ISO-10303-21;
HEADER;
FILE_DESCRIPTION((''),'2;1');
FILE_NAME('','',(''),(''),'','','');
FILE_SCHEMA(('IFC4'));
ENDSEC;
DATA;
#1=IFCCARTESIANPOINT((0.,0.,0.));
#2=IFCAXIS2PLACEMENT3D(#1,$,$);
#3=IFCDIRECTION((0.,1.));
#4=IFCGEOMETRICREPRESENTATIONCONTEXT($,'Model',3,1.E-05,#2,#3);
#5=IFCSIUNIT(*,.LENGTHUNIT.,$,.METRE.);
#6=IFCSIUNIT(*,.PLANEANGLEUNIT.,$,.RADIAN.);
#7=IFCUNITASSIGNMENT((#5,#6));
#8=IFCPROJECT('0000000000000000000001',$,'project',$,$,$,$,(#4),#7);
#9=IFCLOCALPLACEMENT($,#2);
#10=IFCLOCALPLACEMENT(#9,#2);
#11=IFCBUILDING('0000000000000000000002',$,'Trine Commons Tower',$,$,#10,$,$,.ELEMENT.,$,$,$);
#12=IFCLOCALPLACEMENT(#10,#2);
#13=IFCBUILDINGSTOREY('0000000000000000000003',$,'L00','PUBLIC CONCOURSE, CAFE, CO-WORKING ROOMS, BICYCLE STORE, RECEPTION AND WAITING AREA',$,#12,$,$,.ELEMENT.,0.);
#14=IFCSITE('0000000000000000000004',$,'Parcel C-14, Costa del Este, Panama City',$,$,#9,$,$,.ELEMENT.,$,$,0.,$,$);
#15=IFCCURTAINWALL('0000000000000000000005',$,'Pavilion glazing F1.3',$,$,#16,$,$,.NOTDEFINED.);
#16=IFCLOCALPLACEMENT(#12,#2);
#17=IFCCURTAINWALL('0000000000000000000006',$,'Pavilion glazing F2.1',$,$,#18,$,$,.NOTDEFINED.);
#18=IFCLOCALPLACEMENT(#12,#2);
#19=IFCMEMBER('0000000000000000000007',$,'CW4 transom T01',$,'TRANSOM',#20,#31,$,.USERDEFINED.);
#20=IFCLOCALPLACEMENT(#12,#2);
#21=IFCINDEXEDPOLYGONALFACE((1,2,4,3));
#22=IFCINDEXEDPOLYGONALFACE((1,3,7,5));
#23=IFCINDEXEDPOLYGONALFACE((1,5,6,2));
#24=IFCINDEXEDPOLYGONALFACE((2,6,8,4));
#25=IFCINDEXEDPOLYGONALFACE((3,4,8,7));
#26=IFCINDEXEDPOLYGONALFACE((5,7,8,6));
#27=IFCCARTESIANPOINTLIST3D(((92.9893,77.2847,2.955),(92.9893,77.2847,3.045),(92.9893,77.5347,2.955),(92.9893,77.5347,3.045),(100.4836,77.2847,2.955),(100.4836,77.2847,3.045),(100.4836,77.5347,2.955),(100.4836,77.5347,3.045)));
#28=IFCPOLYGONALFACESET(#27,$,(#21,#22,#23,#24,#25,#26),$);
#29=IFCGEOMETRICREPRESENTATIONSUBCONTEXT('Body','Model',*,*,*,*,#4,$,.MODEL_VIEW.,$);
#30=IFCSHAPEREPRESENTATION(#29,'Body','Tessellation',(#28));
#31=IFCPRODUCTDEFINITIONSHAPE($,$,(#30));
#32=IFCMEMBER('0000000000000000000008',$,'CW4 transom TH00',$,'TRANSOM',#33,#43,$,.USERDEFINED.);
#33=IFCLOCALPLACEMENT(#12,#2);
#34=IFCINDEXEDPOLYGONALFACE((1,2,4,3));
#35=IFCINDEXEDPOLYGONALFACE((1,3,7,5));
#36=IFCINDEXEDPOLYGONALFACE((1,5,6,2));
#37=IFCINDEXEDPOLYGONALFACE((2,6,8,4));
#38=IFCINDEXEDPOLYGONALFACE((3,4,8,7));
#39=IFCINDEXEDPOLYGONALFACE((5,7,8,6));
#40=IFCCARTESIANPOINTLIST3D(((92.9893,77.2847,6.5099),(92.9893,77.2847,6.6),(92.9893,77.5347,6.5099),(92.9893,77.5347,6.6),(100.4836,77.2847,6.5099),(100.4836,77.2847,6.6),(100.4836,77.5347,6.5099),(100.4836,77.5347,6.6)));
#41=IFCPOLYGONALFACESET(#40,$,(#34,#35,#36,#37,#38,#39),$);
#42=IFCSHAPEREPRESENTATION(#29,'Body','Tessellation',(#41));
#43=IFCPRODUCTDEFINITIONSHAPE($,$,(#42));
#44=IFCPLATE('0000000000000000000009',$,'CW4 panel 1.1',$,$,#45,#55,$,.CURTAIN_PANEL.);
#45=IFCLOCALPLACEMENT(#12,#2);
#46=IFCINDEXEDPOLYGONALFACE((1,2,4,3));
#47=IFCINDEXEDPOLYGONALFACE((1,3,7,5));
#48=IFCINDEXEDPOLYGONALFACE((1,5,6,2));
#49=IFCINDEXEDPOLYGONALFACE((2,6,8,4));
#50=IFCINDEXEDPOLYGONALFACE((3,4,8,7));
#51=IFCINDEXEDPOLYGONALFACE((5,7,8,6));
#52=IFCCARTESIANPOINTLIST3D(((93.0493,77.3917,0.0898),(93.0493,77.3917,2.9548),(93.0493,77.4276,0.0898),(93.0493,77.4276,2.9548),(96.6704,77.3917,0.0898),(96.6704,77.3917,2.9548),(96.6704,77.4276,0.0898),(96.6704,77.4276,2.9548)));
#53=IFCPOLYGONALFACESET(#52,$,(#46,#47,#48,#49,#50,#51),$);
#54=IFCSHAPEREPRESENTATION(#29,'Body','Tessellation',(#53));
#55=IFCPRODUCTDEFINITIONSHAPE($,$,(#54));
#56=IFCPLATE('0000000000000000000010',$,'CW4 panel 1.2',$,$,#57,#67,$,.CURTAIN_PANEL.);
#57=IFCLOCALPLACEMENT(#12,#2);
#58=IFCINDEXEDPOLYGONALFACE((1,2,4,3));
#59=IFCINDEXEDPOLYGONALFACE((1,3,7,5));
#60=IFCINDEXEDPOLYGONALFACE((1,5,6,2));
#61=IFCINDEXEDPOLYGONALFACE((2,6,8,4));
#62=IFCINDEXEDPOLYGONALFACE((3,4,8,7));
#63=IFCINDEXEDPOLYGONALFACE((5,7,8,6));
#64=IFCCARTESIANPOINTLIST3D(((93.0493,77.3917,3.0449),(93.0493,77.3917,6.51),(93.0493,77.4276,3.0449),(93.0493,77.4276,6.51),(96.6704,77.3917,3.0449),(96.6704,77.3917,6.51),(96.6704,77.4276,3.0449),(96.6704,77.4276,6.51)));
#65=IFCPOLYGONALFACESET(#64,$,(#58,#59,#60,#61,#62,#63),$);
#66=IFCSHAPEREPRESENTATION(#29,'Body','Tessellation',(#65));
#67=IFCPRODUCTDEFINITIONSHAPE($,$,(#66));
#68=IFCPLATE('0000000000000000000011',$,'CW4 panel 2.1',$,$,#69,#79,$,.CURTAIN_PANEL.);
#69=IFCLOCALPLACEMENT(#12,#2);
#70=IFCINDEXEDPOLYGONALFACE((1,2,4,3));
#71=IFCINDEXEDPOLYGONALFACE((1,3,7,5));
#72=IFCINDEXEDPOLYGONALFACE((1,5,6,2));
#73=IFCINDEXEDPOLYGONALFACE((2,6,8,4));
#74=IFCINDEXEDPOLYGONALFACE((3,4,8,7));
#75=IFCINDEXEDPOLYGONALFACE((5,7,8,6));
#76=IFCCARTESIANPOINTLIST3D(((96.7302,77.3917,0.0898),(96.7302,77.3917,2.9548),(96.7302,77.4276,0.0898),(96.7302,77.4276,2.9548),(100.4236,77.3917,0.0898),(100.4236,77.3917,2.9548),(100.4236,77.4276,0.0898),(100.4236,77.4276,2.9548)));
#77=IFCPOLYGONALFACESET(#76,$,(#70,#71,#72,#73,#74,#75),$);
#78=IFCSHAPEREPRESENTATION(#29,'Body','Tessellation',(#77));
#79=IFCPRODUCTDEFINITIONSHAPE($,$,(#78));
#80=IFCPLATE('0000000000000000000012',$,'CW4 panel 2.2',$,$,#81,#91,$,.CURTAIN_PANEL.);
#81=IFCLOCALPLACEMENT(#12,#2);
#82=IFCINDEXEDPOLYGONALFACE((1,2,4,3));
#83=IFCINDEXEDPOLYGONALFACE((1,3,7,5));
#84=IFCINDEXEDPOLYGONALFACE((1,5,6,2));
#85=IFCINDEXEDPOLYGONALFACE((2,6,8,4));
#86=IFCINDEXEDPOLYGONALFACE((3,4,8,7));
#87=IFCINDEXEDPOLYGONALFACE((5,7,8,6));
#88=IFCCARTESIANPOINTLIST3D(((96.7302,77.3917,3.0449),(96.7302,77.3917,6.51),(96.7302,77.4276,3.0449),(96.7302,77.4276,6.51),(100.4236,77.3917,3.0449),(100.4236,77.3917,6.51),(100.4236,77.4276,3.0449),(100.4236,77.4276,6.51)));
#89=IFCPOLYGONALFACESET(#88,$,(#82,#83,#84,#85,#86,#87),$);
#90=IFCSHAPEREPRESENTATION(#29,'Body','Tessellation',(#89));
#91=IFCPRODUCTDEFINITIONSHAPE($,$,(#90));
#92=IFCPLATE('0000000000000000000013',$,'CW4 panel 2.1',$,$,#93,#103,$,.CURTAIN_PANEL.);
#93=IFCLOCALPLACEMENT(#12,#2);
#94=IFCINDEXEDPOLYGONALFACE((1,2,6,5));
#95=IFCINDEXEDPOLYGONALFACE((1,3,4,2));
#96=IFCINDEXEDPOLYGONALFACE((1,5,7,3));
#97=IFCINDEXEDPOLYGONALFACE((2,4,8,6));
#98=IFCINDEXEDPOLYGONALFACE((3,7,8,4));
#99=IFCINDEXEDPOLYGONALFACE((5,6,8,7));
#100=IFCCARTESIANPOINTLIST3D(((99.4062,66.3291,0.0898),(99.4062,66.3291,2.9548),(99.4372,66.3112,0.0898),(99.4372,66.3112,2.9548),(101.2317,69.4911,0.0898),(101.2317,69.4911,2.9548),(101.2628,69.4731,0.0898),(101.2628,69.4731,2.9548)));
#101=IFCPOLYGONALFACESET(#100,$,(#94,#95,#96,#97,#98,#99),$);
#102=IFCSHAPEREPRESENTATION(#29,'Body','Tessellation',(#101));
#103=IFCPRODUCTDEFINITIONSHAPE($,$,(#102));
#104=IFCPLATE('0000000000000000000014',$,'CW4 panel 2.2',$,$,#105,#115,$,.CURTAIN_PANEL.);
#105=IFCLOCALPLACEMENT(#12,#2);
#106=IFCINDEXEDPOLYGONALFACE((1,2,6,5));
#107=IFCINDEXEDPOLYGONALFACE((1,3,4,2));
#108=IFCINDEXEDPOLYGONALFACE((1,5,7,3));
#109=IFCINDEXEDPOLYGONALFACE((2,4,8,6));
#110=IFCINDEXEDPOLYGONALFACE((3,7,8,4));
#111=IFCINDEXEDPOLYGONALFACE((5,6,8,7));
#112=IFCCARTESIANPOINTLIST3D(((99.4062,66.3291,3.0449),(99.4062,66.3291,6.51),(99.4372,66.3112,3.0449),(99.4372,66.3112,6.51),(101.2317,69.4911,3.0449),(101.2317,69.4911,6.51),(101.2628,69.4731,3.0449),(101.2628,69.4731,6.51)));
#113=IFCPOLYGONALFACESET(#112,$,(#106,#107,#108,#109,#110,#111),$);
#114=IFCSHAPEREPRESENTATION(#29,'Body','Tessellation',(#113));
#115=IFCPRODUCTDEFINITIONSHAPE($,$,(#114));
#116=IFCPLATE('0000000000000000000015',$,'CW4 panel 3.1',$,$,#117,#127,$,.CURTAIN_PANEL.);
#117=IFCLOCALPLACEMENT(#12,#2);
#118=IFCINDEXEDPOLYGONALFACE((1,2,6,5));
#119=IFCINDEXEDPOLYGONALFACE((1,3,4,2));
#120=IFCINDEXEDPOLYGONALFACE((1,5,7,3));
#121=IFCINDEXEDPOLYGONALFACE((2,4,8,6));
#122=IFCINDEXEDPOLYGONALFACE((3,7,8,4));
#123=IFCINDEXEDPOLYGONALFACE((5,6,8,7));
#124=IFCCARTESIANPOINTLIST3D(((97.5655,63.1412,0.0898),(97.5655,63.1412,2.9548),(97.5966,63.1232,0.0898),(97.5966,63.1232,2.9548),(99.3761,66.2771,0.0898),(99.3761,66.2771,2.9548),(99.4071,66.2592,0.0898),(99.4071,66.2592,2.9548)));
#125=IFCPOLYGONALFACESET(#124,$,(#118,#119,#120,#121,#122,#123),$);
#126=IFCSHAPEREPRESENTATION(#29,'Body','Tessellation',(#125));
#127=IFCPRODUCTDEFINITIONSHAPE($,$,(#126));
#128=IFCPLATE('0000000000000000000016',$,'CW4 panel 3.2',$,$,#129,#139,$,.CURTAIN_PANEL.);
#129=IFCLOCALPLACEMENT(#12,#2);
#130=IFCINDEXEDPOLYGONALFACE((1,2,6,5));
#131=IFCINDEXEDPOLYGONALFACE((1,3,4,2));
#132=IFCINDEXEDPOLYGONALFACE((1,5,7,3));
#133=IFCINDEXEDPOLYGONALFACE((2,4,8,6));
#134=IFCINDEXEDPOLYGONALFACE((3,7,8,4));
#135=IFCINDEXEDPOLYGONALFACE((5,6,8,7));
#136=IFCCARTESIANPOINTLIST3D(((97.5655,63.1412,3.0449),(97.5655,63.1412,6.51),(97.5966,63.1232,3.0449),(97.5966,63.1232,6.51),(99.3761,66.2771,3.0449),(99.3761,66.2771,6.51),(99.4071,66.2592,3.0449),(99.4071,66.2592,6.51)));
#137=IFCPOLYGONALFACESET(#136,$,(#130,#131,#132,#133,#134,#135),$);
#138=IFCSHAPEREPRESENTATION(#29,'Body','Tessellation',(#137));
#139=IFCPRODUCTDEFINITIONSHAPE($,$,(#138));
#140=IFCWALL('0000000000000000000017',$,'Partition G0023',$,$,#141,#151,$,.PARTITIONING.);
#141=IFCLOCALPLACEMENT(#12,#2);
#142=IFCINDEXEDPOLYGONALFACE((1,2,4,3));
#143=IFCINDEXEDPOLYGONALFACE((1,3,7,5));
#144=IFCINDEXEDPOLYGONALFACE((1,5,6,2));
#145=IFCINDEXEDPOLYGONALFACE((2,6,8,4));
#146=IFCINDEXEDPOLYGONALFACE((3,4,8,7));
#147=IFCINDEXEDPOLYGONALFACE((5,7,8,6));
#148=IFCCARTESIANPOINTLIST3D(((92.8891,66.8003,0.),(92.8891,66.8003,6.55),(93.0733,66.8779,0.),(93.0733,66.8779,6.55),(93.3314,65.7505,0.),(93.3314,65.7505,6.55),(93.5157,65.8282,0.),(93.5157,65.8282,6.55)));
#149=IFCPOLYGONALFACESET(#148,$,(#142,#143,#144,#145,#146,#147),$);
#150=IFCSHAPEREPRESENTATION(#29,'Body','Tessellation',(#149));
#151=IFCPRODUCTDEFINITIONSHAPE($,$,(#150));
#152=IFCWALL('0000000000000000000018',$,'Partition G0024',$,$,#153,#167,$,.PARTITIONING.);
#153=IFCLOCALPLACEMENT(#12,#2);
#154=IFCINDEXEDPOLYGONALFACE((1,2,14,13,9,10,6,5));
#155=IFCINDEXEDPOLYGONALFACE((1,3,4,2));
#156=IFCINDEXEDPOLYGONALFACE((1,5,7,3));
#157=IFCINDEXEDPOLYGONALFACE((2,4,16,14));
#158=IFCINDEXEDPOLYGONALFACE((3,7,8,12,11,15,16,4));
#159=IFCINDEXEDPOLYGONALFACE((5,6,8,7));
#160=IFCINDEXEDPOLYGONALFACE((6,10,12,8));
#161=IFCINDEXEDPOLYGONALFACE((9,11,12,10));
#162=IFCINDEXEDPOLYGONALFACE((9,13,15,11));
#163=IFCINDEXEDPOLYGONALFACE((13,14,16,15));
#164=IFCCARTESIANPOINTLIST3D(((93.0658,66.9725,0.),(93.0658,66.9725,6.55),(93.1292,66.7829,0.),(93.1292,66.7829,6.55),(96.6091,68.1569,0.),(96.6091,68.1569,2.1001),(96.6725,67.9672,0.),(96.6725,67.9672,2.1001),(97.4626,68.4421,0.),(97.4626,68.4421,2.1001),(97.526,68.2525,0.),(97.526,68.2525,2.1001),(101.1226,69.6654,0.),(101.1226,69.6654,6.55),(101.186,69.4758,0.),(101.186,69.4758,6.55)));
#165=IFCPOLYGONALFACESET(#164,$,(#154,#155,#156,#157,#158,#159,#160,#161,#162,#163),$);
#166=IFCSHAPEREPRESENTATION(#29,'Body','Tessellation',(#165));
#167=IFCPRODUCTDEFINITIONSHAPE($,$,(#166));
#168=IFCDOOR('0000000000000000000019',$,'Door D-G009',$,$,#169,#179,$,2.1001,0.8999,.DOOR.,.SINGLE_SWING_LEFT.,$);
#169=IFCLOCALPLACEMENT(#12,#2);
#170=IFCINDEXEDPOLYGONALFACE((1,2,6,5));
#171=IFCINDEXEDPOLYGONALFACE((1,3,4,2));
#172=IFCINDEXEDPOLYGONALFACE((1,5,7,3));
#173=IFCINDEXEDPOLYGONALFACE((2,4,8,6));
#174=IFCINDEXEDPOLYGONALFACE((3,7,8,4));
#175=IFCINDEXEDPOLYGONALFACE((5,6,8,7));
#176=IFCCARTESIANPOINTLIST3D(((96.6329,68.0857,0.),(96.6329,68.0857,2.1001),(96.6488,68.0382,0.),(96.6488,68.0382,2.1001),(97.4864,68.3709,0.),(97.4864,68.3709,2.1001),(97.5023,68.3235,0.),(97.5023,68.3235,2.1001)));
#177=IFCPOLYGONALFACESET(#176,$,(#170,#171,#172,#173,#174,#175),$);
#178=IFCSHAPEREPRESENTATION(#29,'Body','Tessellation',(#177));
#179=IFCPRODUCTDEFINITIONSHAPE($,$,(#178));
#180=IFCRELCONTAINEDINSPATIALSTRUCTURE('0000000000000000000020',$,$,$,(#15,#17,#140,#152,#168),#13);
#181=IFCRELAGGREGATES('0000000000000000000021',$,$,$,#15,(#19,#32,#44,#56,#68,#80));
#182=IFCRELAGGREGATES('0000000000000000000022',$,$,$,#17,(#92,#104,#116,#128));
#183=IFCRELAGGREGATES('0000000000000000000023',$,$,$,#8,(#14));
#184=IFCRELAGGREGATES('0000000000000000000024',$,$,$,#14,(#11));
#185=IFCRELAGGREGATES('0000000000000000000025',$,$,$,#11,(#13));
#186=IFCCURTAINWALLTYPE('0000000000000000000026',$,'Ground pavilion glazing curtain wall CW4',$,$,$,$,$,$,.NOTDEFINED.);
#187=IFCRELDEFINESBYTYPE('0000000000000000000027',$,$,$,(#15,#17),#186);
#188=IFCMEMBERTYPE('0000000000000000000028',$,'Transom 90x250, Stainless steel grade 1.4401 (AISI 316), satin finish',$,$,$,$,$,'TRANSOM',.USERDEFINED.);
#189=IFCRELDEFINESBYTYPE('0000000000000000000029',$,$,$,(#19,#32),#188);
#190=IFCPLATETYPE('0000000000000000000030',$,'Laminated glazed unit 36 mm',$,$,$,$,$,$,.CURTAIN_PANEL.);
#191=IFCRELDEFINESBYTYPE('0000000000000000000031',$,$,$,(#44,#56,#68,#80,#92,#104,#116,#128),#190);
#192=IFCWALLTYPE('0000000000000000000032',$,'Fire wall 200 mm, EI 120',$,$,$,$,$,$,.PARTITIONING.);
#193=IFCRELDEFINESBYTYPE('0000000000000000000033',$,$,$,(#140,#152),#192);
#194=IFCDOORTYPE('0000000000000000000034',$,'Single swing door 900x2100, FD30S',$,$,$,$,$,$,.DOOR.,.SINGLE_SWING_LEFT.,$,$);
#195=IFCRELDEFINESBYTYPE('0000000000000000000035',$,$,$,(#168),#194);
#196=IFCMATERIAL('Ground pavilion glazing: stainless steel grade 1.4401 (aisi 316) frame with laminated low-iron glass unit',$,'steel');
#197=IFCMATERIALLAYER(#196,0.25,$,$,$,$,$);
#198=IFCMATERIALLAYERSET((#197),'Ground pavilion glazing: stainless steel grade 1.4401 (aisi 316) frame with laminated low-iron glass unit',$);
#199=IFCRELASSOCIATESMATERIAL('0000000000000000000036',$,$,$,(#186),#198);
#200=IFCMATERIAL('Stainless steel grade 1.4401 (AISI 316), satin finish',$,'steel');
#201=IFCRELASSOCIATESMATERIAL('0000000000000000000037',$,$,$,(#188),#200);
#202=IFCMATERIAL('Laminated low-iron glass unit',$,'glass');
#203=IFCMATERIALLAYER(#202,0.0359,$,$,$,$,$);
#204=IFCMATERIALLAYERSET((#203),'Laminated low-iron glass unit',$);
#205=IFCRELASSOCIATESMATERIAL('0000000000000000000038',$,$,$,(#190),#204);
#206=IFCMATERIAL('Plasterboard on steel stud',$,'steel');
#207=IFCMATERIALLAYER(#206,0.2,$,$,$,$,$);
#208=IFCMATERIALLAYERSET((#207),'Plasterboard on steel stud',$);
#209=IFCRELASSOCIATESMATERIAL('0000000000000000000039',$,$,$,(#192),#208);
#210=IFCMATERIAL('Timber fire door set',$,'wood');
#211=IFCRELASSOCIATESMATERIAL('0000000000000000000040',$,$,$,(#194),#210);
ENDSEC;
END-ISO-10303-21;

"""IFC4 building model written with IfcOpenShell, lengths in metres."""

from ifc_helpers import new_model, si_unit, direction, frame, frame_2d, origin, origin_2d, place, context, subcontext, project, spatial, rectangle, extrude, material, layer, layer_set, material_profile, profile_set, type_object, element, fill, aggregate, save


model = new_model("IFC4")

# Units and contexts
model_context = context("Model", 3, precision=1e-05, world=origin(), true_north=direction((0.0, 1.0)))
body_context = subcontext(model_context, "Body", "Model", "MODEL_VIEW")
ifc_project = project(units=[si_unit("LENGTHUNIT", "METRE"), si_unit("PLANEANGLEUNIT", "RADIAN")], contexts=[model_context])

# Site, building, storey
site_placement = place(None, origin())
site = spatial("IfcSite", under=ifc_project, at=site_placement, Name="Parcel C-14, Costa del Este, Panama City", CompositionType="ELEMENT", RefElevation=0.0)
building_placement = place(site_placement, origin())
building = spatial("IfcBuilding", under=site, at=building_placement, Name="Trine Commons Tower", CompositionType="ELEMENT")
storey_placement = place(building_placement, origin())
storey = spatial("IfcBuildingStorey", under=building, at=storey_placement, Name="L00", Description="PUBLIC CONCOURSE, CAFE, CO-WORKING ROOMS, BICYCLE STORE, RECEPTION AND WAITING AREA", CompositionType="ELEMENT", Elevation=0.0)

# Curtain walls
ifc_material_1 = material(Name="Ground pavilion glazing: stainless steel grade 1.4401 (aisi 316) frame with laminated low-iron glass unit", Category="steel")
ifc_layer_1 = layer(ifc_material_1, 0.25)
ifc_layer_set_1 = layer_set([ifc_layer_1], Name="Ground pavilion glazing: stainless steel grade 1.4401 (aisi 316) frame with laminated low-iron glass unit")
curtain_wall_type = type_object("IfcCurtainWallType", Name="Ground pavilion glazing curtain wall CW4", PredefinedType="NOTDEFINED", material=ifc_layer_set_1)
curtain_wall_1_placement = place(storey_placement, origin())
curtain_wall_1 = element("IfcCurtainWall", 1, at=curtain_wall_1_placement, inside=storey, type_object=curtain_wall_type, Name="Pavilion glazing F1.3", PredefinedType="NOTDEFINED")
ifc_material_2 = material(Name="Stainless steel grade 1.4401 (AISI 316), satin finish", Category="steel")
curtain_wall_2_placement = place(storey_placement, origin())
curtain_wall_2 = element("IfcCurtainWall", 2, at=curtain_wall_2_placement, inside=storey, type_object=curtain_wall_type, Name="Pavilion glazing F2.1", PredefinedType="NOTDEFINED")

# Members
ifc_material_profile_1 = material_profile(ifc_material_2, rectangle(XDim=0.25, YDim=0.0901, at=origin_2d()), Name="Transom 90x250")
ifc_profile_set_1 = profile_set([ifc_material_profile_1], Name="Stainless steel grade 1.4401 (AISI 316), satin finish")
member_type_1 = type_object("IfcMemberType", Name="Transom 90x250, Stainless steel grade 1.4401 (AISI 316), satin finish", ElementType="TRANSOM", PredefinedType="USERDEFINED", material=ifc_profile_set_1)
member_1_placement = place(storey_placement, frame((92.9893, 77.4097, 3.0), z_axis=(1.0, 0.0, 0.0), x_axis=(0.0, 1.0, 0.0)))
member_1 = element("IfcMember", 3, at=member_1_placement, type_object=member_type_1, Name="CW4 transom T01", ObjectType="TRANSOM", PredefinedType="USERDEFINED", context=body_context, shape_type="SweptSolid", body=[
    extrude(rectangle(XDim=0.25, YDim=0.0901, at=origin_2d()), origin(), (0.0, 0.0, 1.0), 7.4944),
])
member_2_placement = place(storey_placement, frame((92.9893, 77.4097, 6.5549), z_axis=(1.0, 0.0, 0.0), x_axis=(0.0, 1.0, 0.0)))
member_2 = element("IfcMember", 4, at=member_2_placement, type_object=member_type_1, Name="CW4 transom TH00", ObjectType="TRANSOM", PredefinedType="USERDEFINED", context=body_context, shape_type="SweptSolid", body=[
    extrude(rectangle(XDim=0.25, YDim=0.0901, at=origin_2d()), origin(), (0.0, 0.0, 1.0), 7.4944),
])

# Plates
ifc_material_3 = material(Name="Laminated low-iron glass unit", Category="glass")
ifc_layer_2 = layer(ifc_material_3, 0.0359)
ifc_layer_set_2 = layer_set([ifc_layer_2], Name="Laminated low-iron glass unit")
plate_type = type_object("IfcPlateType", Name="Laminated glazed unit 36 mm", PredefinedType="CURTAIN_PANEL", material=ifc_layer_set_2)
plate_1_placement = place(storey_placement, frame((94.8599, 77.4097, 0.0898), z_axis=(0.0, 0.0, 1.0), x_axis=(1.0, 0.0, 0.0)))
plate_1 = element("IfcPlate", 5, at=plate_1_placement, type_object=plate_type, Name="CW4 panel 1.1", PredefinedType="CURTAIN_PANEL", context=body_context, shape_type="SweptSolid", body=[
    extrude(rectangle(XDim=3.6211, YDim=0.0359, at=origin_2d()), origin(), (0.0, 0.0, 1.0), 2.865),
])
plate_2_placement = place(storey_placement, frame((94.8599, 77.4097, 3.0449), z_axis=(0.0, 0.0, 1.0), x_axis=(1.0, 0.0, 0.0)))
plate_2 = element("IfcPlate", 6, at=plate_2_placement, type_object=plate_type, Name="CW4 panel 1.2", PredefinedType="CURTAIN_PANEL", context=body_context, shape_type="SweptSolid", body=[
    extrude(rectangle(XDim=3.6211, YDim=0.0359, at=origin_2d()), origin(), (0.0, 0.0, 1.0), 3.4651),
])
plate_3_placement = place(storey_placement, frame((98.5769, 77.4097, 0.0898), z_axis=(0.0, 0.0, 1.0), x_axis=(1.0, 0.0, 0.0)))
plate_3 = element("IfcPlate", 7, at=plate_3_placement, type_object=plate_type, Name="CW4 panel 2.1", PredefinedType="CURTAIN_PANEL", context=body_context, shape_type="SweptSolid", body=[
    extrude(rectangle(XDim=3.6934, YDim=0.0359, at=origin_2d()), origin(), (0.0, 0.0, 1.0), 2.865),
])
plate_4_placement = place(storey_placement, frame((98.5769, 77.4097, 3.0449), z_axis=(0.0, 0.0, 1.0), x_axis=(1.0, 0.0, 0.0)))
plate_4 = element("IfcPlate", 8, at=plate_4_placement, type_object=plate_type, Name="CW4 panel 2.2", PredefinedType="CURTAIN_PANEL", context=body_context, shape_type="SweptSolid", body=[
    extrude(rectangle(XDim=3.6934, YDim=0.0359, at=origin_2d()), origin(), (0.0, 0.0, 1.0), 3.4651),
])
aggregate(curtain_wall_1, [member_1, member_2, plate_1, plate_2, plate_3, plate_4])
plate_5_placement = place(storey_placement, frame((100.3345, 67.9011, 0.0898), z_axis=(0.0, 0.0, 1.0), x_axis=(-0.5, -0.866025, 0.0)))
plate_5 = element("IfcPlate", 9, at=plate_5_placement, type_object=plate_type, Name="CW4 panel 2.1", PredefinedType="CURTAIN_PANEL", context=body_context, shape_type="SweptSolid", body=[
    extrude(rectangle(XDim=3.6511, YDim=0.0359, at=origin_2d()), origin(), (0.0, 0.0, 1.0), 2.865),
])
plate_6_placement = place(storey_placement, frame((100.3345, 67.9011, 3.0449), z_axis=(0.0, 0.0, 1.0), x_axis=(-0.5, -0.866025, 0.0)))
plate_6 = element("IfcPlate", 10, at=plate_6_placement, type_object=plate_type, Name="CW4 panel 2.2", PredefinedType="CURTAIN_PANEL", context=body_context, shape_type="SweptSolid", body=[
    extrude(rectangle(XDim=3.6511, YDim=0.0359, at=origin_2d()), origin(), (0.0, 0.0, 1.0), 3.4651),
])
plate_7_placement = place(storey_placement, frame((98.4863, 64.7002, 0.0898), z_axis=(0.0, 0.0, 1.0), x_axis=(-0.5, -0.866025, 0.0)))
plate_7 = element("IfcPlate", 11, at=plate_7_placement, type_object=plate_type, Name="CW4 panel 3.1", PredefinedType="CURTAIN_PANEL", context=body_context, shape_type="SweptSolid", body=[
    extrude(rectangle(XDim=3.6211, YDim=0.0359, at=origin_2d()), origin(), (0.0, 0.0, 1.0), 2.865),
])
plate_8_placement = place(storey_placement, frame((98.4863, 64.7002, 3.0449), z_axis=(0.0, 0.0, 1.0), x_axis=(-0.5, -0.866025, 0.0)))
plate_8 = element("IfcPlate", 12, at=plate_8_placement, type_object=plate_type, Name="CW4 panel 3.2", PredefinedType="CURTAIN_PANEL", context=body_context, shape_type="SweptSolid", body=[
    extrude(rectangle(XDim=3.6211, YDim=0.0359, at=origin_2d()), origin(), (0.0, 0.0, 1.0), 3.4651),
])
aggregate(curtain_wall_2, [plate_5, plate_6, plate_7, plate_8])

# Wall
ifc_material_4 = material(Name="Plasterboard on steel stud", Category="steel")
ifc_layer_3 = layer(ifc_material_4, 0.2)
ifc_layer_set_3 = layer_set([ifc_layer_3], Name="Plasterboard on steel stud")
wall_type_1 = type_object("IfcWallType", Name="Fire wall 200 mm, EI 120", PredefinedType="PARTITIONING", material=ifc_layer_set_3)
wall_1_placement = place(storey_placement, frame((92.9812, 66.8391, 0.0), z_axis=(0.0, 0.0, 1.0), x_axis=(0.388325, -0.921522, 0.0)))
element("IfcWall", 13, at=wall_1_placement, inside=storey, type_object=wall_type_1, Name="Partition G0023", PredefinedType="PARTITIONING", context=body_context, shape_type="SweptSolid", body=[
    extrude(rectangle(XDim=1.1392, YDim=0.2, at=frame_2d((0.5696, 0.0))), origin(), (0.0, 0.0, 1.0), 6.55),
])

# Wall, opening, door
wall_2_placement = place(storey_placement, frame((93.0974, 66.8777, 0.0), z_axis=(0.0, 0.0, 1.0), x_axis=(0.948424, 0.317004, 0.0)))
wall_2 = element("IfcWall", 14, at=wall_2_placement, inside=storey, type_object=wall_type_1, Name="Partition G0024", PredefinedType="PARTITIONING", context=body_context, shape_type="SweptSolid", body=[
    extrude(rectangle(XDim=8.4949, YDim=0.2, at=frame_2d((4.2476, 0.0))), origin(), (0.0, 0.0, 1.0), 6.55),
])
opening_1_placement = place(wall_2_placement, frame((3.7361, 0.0, 0.0)))
opening_1 = element("IfcOpeningElement", 15, at=opening_1_placement, cuts=wall_2, PredefinedType="OPENING", context=body_context, shape_type="SweptSolid", body=[
    extrude(rectangle(XDim=0.8999, YDim=2.1001, at=frame_2d((0.45, 1.05))), frame((0.0, 0.1099, 0.0), z_axis=(0.0, -1.0, 0.0), x_axis=(1.0, 0.0, 0.0)), (0.0, 0.0, 1.0), 0.22),
])
ifc_material_5 = material(Name="Timber fire door set", Category="wood")
door_type_1 = type_object("IfcDoorType", Name="Single swing door 900x2100, FD30S", OperationType="SINGLE_SWING_LEFT", PredefinedType="DOOR", material=ifc_material_5)
door_1_placement = place(opening_1_placement, origin())
door_1 = element("IfcDoor", 16, at=door_1_placement, inside=storey, type_object=door_type_1, Name="Door D-G009", OperationType="SINGLE_SWING_LEFT", OverallHeight=2.1001, OverallWidth=0.8999, PredefinedType="DOOR", context=body_context, shape_type="SweptSolid", body=[
    extrude(rectangle(XDim=0.8999, YDim=2.1001, at=frame_2d((0.45, 1.05))), frame((0.0, 0.0249, 0.0), z_axis=(0.0, -1.0, 0.0), x_axis=(1.0, 0.0, 0.0)), (0.0, 0.0, 1.0), 0.05),
])
fill(opening_1, door_1)

save(model, "model.ifc")
